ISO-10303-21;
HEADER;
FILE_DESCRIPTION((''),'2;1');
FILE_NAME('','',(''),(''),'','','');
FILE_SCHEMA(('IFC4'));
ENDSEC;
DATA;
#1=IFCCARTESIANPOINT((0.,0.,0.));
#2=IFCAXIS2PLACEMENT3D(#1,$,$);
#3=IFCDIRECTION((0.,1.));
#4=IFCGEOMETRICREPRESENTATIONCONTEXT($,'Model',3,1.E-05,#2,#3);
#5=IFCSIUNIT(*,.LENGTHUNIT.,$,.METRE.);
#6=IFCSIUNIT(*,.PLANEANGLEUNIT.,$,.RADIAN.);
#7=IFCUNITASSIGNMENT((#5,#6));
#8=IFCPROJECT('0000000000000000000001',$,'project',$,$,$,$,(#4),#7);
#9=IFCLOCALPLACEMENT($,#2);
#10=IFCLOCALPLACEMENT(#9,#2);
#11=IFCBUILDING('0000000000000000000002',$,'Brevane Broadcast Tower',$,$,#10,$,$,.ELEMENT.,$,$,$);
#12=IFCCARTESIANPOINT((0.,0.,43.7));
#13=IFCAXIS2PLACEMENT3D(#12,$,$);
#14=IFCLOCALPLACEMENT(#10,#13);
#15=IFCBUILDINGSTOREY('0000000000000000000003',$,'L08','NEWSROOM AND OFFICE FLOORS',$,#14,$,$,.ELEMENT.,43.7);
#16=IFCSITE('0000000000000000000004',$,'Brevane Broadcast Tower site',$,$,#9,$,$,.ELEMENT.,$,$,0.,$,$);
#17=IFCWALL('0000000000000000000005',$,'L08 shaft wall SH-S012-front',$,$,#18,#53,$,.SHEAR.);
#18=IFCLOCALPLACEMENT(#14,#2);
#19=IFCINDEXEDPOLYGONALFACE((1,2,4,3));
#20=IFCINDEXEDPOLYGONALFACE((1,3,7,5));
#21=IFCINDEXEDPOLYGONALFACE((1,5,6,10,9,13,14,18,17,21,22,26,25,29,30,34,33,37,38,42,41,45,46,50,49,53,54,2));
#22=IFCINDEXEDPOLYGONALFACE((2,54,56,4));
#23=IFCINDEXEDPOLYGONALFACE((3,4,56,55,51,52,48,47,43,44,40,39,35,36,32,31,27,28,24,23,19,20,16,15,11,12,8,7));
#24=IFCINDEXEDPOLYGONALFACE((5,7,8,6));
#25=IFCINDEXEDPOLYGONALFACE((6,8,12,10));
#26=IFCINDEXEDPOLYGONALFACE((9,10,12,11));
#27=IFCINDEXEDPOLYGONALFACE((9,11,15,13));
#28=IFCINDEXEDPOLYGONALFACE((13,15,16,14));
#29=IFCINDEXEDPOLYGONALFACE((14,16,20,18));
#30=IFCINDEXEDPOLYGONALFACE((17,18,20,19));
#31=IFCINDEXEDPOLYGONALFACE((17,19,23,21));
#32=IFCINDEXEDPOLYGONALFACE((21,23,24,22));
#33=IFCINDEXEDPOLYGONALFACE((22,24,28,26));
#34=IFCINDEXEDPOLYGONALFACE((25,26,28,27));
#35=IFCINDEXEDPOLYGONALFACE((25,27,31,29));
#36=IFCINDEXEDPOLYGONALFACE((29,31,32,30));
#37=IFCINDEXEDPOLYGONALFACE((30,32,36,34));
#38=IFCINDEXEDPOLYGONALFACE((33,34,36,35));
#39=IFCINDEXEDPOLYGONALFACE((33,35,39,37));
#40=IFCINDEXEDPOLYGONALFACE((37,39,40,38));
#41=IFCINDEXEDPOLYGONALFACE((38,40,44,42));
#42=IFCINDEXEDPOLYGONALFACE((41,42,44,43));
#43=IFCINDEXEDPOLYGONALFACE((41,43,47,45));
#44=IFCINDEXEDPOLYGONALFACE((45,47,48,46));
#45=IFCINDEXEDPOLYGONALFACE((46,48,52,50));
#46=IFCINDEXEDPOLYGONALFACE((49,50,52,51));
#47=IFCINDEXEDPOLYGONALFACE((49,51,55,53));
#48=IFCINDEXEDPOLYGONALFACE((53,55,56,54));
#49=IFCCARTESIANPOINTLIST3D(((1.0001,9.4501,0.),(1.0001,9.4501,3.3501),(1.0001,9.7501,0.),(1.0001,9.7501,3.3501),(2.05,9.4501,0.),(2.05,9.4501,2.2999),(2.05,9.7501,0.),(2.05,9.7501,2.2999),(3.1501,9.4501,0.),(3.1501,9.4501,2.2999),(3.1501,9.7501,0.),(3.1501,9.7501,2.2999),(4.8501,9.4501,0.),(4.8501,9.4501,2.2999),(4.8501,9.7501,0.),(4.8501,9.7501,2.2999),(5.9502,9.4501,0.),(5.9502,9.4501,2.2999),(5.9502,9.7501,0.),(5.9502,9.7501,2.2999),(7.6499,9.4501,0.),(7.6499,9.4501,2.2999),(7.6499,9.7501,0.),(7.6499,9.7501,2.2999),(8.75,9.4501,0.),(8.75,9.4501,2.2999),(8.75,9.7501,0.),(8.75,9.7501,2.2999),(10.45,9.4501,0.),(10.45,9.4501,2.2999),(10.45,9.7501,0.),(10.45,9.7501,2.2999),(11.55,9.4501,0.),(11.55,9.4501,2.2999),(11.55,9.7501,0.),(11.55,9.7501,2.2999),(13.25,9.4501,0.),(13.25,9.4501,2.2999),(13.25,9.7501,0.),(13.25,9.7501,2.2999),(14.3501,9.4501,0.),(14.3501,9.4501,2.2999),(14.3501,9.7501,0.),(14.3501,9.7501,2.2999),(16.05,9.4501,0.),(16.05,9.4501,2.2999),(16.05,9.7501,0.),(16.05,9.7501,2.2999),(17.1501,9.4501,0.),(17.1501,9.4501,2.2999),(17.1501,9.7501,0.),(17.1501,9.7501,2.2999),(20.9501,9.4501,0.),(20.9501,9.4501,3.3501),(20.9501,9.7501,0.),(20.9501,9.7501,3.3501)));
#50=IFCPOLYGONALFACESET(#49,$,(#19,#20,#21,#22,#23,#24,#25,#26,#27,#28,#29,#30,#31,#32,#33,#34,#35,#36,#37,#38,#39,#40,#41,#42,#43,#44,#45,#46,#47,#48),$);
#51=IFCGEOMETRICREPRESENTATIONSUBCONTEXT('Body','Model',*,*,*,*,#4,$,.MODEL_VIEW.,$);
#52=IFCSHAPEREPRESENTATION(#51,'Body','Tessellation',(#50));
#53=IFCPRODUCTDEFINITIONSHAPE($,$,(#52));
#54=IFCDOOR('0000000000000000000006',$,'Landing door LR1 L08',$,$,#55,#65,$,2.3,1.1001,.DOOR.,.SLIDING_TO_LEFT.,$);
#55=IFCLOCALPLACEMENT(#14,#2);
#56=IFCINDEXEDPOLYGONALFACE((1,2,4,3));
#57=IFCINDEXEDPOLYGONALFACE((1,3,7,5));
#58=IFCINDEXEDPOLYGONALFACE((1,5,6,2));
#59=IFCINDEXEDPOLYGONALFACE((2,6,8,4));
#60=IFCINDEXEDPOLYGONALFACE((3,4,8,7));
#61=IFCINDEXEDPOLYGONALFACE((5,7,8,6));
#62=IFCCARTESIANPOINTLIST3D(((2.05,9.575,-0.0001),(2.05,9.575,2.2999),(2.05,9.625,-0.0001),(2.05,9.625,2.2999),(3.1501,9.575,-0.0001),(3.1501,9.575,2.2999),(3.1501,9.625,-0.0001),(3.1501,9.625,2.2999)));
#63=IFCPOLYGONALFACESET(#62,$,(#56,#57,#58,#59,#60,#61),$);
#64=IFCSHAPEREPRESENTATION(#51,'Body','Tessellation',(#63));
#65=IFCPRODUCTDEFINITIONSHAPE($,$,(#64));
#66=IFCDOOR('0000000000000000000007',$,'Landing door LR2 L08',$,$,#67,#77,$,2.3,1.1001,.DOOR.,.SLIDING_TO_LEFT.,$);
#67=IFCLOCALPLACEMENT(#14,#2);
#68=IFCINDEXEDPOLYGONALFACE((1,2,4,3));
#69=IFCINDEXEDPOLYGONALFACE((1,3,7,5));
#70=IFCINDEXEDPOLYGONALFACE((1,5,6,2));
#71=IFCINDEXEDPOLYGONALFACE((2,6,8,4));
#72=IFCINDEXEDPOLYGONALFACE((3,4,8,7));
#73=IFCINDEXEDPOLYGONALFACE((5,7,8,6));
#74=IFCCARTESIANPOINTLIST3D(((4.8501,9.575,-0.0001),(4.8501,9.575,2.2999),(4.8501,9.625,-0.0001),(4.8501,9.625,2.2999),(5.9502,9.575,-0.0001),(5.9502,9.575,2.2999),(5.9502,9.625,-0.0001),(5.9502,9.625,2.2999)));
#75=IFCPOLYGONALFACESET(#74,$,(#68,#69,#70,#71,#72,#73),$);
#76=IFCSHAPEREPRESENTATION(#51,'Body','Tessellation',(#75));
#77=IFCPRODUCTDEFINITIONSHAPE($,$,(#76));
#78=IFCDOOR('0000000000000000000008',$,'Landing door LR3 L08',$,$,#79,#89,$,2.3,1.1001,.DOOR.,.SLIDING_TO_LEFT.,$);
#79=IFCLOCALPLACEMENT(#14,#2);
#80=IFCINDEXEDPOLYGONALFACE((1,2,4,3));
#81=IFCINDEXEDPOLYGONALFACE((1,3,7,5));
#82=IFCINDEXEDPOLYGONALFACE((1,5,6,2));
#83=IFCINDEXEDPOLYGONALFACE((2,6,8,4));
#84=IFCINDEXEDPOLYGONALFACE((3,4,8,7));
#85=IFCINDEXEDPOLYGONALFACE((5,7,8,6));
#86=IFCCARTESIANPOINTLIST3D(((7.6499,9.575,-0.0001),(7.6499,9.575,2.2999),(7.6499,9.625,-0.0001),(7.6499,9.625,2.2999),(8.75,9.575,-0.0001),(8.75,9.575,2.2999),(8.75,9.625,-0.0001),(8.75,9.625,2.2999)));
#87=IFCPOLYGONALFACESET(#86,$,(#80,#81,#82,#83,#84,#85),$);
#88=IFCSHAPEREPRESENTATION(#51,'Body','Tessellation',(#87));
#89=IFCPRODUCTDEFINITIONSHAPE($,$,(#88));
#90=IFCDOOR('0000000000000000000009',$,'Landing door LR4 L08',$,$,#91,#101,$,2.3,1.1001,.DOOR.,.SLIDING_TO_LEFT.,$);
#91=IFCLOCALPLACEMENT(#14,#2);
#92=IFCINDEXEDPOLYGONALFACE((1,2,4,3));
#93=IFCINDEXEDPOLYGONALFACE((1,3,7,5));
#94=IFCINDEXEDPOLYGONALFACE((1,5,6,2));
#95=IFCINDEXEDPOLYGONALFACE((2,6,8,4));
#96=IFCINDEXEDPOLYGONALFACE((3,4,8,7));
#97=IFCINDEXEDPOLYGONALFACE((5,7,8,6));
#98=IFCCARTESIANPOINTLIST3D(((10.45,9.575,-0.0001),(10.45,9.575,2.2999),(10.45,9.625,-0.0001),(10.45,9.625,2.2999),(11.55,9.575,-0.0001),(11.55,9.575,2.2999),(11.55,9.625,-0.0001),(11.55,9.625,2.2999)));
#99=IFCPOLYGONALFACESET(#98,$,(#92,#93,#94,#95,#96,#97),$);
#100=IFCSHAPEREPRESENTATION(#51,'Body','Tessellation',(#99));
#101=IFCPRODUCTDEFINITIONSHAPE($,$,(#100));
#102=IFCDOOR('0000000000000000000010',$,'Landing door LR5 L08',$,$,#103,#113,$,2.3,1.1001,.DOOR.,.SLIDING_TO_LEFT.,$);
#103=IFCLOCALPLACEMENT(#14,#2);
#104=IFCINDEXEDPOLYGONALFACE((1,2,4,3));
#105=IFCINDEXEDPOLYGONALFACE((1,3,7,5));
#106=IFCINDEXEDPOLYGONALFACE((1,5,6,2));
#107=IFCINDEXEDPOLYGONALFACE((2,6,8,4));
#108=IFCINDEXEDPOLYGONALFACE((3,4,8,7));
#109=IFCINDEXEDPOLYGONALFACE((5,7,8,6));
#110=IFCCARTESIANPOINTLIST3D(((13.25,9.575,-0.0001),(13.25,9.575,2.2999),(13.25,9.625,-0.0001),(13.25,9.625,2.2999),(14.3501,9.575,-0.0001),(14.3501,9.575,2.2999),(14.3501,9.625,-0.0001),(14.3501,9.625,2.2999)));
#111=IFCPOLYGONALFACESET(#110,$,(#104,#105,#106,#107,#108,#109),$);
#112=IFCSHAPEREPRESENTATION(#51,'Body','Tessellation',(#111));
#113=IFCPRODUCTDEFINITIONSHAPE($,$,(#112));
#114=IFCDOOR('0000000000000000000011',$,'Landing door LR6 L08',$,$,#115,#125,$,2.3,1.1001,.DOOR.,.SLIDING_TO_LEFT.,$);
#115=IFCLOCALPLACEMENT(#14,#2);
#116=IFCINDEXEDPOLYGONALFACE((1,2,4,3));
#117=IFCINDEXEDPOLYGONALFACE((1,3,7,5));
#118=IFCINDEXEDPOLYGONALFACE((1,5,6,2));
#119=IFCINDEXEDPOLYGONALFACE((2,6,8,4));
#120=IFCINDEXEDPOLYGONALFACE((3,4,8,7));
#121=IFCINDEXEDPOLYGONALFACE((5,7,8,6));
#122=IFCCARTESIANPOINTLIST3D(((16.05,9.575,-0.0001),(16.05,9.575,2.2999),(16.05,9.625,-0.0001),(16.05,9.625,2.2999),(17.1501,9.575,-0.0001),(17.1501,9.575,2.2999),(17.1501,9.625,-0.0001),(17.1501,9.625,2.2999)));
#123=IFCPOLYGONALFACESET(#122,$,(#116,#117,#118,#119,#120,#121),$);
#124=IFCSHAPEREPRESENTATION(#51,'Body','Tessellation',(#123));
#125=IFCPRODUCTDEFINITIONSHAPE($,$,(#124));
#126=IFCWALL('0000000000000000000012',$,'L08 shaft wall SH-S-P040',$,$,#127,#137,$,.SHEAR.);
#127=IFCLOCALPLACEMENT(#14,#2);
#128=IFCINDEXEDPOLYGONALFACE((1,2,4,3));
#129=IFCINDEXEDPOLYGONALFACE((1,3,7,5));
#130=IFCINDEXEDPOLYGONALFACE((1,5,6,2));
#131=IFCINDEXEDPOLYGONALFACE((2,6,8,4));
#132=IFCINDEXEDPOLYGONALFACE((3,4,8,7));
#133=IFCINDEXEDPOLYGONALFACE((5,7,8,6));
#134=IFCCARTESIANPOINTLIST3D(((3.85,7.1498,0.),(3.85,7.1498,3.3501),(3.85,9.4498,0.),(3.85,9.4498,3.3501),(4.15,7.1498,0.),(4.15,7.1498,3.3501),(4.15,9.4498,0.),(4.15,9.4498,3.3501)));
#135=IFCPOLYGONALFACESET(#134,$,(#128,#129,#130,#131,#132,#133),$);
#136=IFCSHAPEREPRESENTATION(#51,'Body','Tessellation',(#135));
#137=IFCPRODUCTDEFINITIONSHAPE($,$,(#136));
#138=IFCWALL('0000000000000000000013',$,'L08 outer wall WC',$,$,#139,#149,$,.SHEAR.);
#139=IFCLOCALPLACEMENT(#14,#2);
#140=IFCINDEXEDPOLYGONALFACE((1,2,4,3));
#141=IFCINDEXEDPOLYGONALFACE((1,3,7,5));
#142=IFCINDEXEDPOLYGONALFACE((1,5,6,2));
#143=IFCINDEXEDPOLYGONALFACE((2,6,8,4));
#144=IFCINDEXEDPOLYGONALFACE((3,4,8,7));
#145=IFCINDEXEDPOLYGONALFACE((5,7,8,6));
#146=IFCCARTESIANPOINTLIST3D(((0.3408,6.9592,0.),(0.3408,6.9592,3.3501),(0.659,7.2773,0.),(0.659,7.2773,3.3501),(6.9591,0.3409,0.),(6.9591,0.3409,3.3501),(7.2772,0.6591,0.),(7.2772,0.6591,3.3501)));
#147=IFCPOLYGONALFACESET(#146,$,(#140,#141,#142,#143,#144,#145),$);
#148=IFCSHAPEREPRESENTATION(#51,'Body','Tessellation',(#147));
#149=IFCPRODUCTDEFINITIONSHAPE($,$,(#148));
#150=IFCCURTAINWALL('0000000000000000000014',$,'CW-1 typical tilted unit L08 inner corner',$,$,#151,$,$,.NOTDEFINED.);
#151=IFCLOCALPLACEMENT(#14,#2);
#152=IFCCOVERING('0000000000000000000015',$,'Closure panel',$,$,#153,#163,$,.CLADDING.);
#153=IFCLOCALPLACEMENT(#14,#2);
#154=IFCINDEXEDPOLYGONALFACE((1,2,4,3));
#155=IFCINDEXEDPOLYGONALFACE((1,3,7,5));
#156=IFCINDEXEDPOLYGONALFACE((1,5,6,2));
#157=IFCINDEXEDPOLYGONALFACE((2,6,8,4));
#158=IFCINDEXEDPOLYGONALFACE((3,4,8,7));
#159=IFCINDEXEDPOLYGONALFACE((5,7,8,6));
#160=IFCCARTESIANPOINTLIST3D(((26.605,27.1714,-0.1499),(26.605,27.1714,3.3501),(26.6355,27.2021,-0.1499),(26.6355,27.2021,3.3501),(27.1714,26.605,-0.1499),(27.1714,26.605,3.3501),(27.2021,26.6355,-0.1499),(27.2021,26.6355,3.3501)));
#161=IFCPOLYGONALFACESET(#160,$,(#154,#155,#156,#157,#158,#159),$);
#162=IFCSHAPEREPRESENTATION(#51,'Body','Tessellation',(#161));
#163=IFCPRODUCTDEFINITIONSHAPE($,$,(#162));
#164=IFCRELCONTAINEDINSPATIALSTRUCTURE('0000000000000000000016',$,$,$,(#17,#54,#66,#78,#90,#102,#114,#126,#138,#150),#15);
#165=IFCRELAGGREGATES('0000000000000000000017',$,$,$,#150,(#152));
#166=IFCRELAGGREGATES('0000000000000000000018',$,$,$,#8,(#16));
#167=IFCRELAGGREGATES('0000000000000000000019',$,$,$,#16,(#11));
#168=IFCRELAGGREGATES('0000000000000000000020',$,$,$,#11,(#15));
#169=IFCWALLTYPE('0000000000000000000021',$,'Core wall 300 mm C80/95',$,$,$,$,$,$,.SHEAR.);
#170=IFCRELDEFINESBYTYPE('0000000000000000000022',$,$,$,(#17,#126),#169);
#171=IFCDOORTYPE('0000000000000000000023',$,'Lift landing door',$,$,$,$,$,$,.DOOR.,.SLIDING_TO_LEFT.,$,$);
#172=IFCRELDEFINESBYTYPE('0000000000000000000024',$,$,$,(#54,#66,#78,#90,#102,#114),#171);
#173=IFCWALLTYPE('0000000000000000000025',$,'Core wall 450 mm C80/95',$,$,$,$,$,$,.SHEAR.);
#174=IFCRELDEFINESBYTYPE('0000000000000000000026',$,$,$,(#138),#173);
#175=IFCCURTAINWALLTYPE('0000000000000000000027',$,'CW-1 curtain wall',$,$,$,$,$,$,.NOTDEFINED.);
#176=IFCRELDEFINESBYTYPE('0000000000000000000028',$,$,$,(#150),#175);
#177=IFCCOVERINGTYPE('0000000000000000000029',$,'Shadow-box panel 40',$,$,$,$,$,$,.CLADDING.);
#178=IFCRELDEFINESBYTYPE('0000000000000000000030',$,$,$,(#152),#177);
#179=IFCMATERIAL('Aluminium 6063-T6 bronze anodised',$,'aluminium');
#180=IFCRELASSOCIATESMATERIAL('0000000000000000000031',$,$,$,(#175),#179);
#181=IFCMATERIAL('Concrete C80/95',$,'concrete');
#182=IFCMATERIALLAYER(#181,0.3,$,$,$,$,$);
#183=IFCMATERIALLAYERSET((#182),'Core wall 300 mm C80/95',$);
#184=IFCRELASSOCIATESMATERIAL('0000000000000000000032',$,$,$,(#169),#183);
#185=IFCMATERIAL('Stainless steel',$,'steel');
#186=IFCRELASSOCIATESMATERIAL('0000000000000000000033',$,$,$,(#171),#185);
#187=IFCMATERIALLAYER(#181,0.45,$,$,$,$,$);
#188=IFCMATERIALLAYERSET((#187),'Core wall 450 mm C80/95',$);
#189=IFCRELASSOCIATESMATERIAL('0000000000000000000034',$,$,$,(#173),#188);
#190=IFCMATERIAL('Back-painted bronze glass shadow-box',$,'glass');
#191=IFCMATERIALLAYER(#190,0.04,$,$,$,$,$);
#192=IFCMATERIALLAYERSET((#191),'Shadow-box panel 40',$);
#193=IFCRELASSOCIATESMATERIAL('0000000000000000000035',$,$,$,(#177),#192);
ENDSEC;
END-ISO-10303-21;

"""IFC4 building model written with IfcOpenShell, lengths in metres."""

from ifc_helpers import new_model, si_unit, direction, frame, frame_2d, origin, place, context, subcontext, project, spatial, polyline, rectangle, outline, extrude, material, layer, layer_set, type_object, element, fill, aggregate, save


model = new_model("IFC4")

# Units and contexts
model_context = context("Model", 3, precision=1e-05, world=origin(), true_north=direction((0.0, 1.0)))
body_context = subcontext(model_context, "Body", "Model", "MODEL_VIEW")
ifc_project = project(units=[si_unit("LENGTHUNIT", "METRE"), si_unit("PLANEANGLEUNIT", "RADIAN")], contexts=[model_context])

# Site, building, storey
site_placement = place(None, origin())
site = spatial("IfcSite", under=ifc_project, at=site_placement, Name="Brevane Broadcast Tower site", CompositionType="ELEMENT", RefElevation=0.0)
building_placement = place(site_placement, origin())
building = spatial("IfcBuilding", under=site, at=building_placement, Name="Brevane Broadcast Tower", CompositionType="ELEMENT")
storey_placement = place(building_placement, frame((0.0, 0.0, 43.7)))
storey = spatial("IfcBuildingStorey", under=building, at=storey_placement, Name="L08", Description="NEWSROOM AND OFFICE FLOORS", CompositionType="ELEMENT", Elevation=43.7)

# Shared definitions
ifc_material_1 = material(Name="Aluminium 6063-T6 bronze anodised", Category="aluminium")
curtain_wall_type = type_object("IfcCurtainWallType", Name="CW-1 curtain wall", PredefinedType="NOTDEFINED", material=ifc_material_1)

# Shared definitions
ifc_material_2 = material(Name="Concrete C80/95", Category="concrete")
ifc_layer_1 = layer(ifc_material_2, 0.3)
ifc_layer_set_1 = layer_set([ifc_layer_1], Name="Core wall 300 mm C80/95")
wall_type_1 = type_object("IfcWallType", Name="Core wall 300 mm C80/95", PredefinedType="SHEAR", material=ifc_layer_set_1)

# Wall, openings, doors
wall_1_placement = place(storey_placement, frame((1.0, 9.6001, 0.0), z_axis=(0.0, 0.0, 1.0), x_axis=(1.0, 0.0, 0.0)))
wall_1 = element("IfcWall", 1, at=wall_1_placement, inside=storey, type_object=wall_type_1, Name="L08 shaft wall SH-S012-front", PredefinedType="SHEAR", context=body_context, shape_type="SweptSolid", body=[
    extrude(rectangle(XDim=19.95, YDim=0.3, at=frame_2d((9.9751, 0.0))), origin(), (0.0, 0.0, 1.0), 3.3501),
])
opening_1_placement = place(wall_1_placement, frame((1.05, 0.0, 0.0)))
opening_1 = element("IfcOpeningElement", 2, at=opening_1_placement, cuts=wall_1, PredefinedType="OPENING", context=body_context, shape_type="SweptSolid", body=[
    extrude(rectangle(XDim=1.1001, YDim=2.3, at=frame_2d((0.55, 1.1499))), frame((0.0, 0.1599, 0.0), z_axis=(0.0, -1.0, 0.0), x_axis=(1.0, 0.0, 0.0)), (0.0, 0.0, 1.0), 0.3201),
])
opening_2_placement = place(wall_1_placement, frame((3.8501, 0.0, 0.0)))
opening_2 = element("IfcOpeningElement", 3, at=opening_2_placement, cuts=wall_1, PredefinedType="OPENING", context=body_context, shape_type="SweptSolid", body=[
    extrude(rectangle(XDim=1.1001, YDim=2.3, at=frame_2d((0.55, 1.1499))), frame((0.0, 0.1599, 0.0), z_axis=(0.0, -1.0, 0.0), x_axis=(1.0, 0.0, 0.0)), (0.0, 0.0, 1.0), 0.3201),
])
opening_3_placement = place(wall_1_placement, frame((6.6499, 0.0, 0.0)))
opening_3 = element("IfcOpeningElement", 4, at=opening_3_placement, cuts=wall_1, PredefinedType="OPENING", context=body_context, shape_type="SweptSolid", body=[
    extrude(rectangle(XDim=1.1001, YDim=2.3, at=frame_2d((0.55, 1.1499))), frame((0.0, 0.1599, 0.0), z_axis=(0.0, -1.0, 0.0), x_axis=(1.0, 0.0, 0.0)), (0.0, 0.0, 1.0), 0.3201),
])
opening_4_placement = place(wall_1_placement, frame((9.45, 0.0, 0.0)))
opening_4 = element("IfcOpeningElement", 5, at=opening_4_placement, cuts=wall_1, PredefinedType="OPENING", context=body_context, shape_type="SweptSolid", body=[
    extrude(rectangle(XDim=1.1001, YDim=2.3, at=frame_2d((0.55, 1.1499))), frame((0.0, 0.1599, 0.0), z_axis=(0.0, -1.0, 0.0), x_axis=(1.0, 0.0, 0.0)), (0.0, 0.0, 1.0), 0.3201),
])
opening_5_placement = place(wall_1_placement, frame((12.25, 0.0, 0.0)))
opening_5 = element("IfcOpeningElement", 6, at=opening_5_placement, cuts=wall_1, PredefinedType="OPENING", context=body_context, shape_type="SweptSolid", body=[
    extrude(rectangle(XDim=1.1001, YDim=2.3, at=frame_2d((0.55, 1.1499))), frame((0.0, 0.1599, 0.0), z_axis=(0.0, -1.0, 0.0), x_axis=(1.0, 0.0, 0.0)), (0.0, 0.0, 1.0), 0.3201),
])
opening_6_placement = place(wall_1_placement, frame((15.05, 0.0, 0.0)))
opening_6 = element("IfcOpeningElement", 7, at=opening_6_placement, cuts=wall_1, PredefinedType="OPENING", context=body_context, shape_type="SweptSolid", body=[
    extrude(rectangle(XDim=1.1001, YDim=2.3, at=frame_2d((0.55, 1.1499))), frame((0.0, 0.1599, 0.0), z_axis=(0.0, -1.0, 0.0), x_axis=(1.0, 0.0, 0.0)), (0.0, 0.0, 1.0), 0.3201),
])
ifc_material_3 = material(Name="Stainless steel", Category="steel")
door_type = type_object("IfcDoorType", Name="Lift landing door", OperationType="SLIDING_TO_LEFT", PredefinedType="DOOR", material=ifc_material_3)
door_1_placement = place(opening_1_placement, origin())
door_1 = element("IfcDoor", 8, at=door_1_placement, inside=storey, type_object=door_type, Name="Landing door LR1 L08", OperationType="SLIDING_TO_LEFT", OverallHeight=2.3, OverallWidth=1.1001, PredefinedType="DOOR", context=body_context, shape_type="SweptSolid", body=[
    extrude(rectangle(XDim=1.1001, YDim=2.3, at=frame_2d((0.55, 1.1499))), frame((0.0, 0.0249, 0.0), z_axis=(0.0, -1.0, 0.0), x_axis=(1.0, 0.0, 0.0)), (0.0, 0.0, 1.0), 0.05),
])
fill(opening_1, door_1)
door_2_placement = place(opening_2_placement, origin())
door_2 = element("IfcDoor", 9, at=door_2_placement, inside=storey, type_object=door_type, Name="Landing door LR2 L08", OperationType="SLIDING_TO_LEFT", OverallHeight=2.3, OverallWidth=1.1001, PredefinedType="DOOR", context=body_context, shape_type="SweptSolid", body=[
    extrude(rectangle(XDim=1.1001, YDim=2.3, at=frame_2d((0.55, 1.1499))), frame((0.0, 0.0249, 0.0), z_axis=(0.0, -1.0, 0.0), x_axis=(1.0, 0.0, 0.0)), (0.0, 0.0, 1.0), 0.05),
])
fill(opening_2, door_2)
door_3_placement = place(opening_3_placement, origin())
door_3 = element("IfcDoor", 10, at=door_3_placement, inside=storey, type_object=door_type, Name="Landing door LR3 L08", OperationType="SLIDING_TO_LEFT", OverallHeight=2.3, OverallWidth=1.1001, PredefinedType="DOOR", context=body_context, shape_type="SweptSolid", body=[
    extrude(rectangle(XDim=1.1001, YDim=2.3, at=frame_2d((0.55, 1.1499))), frame((0.0, 0.0249, 0.0), z_axis=(0.0, -1.0, 0.0), x_axis=(1.0, 0.0, 0.0)), (0.0, 0.0, 1.0), 0.05),
])
fill(opening_3, door_3)
door_4_placement = place(opening_4_placement, origin())
door_4 = element("IfcDoor", 11, at=door_4_placement, inside=storey, type_object=door_type, Name="Landing door LR4 L08", OperationType="SLIDING_TO_LEFT", OverallHeight=2.3, OverallWidth=1.1001, PredefinedType="DOOR", context=body_context, shape_type="SweptSolid", body=[
    extrude(rectangle(XDim=1.1001, YDim=2.3, at=frame_2d((0.55, 1.1499))), frame((0.0, 0.0249, 0.0), z_axis=(0.0, -1.0, 0.0), x_axis=(1.0, 0.0, 0.0)), (0.0, 0.0, 1.0), 0.05),
])
fill(opening_4, door_4)
door_5_placement = place(opening_5_placement, origin())
door_5 = element("IfcDoor", 12, at=door_5_placement, inside=storey, type_object=door_type, Name="Landing door LR5 L08", OperationType="SLIDING_TO_LEFT", OverallHeight=2.3, OverallWidth=1.1001, PredefinedType="DOOR", context=body_context, shape_type="SweptSolid", body=[
    extrude(rectangle(XDim=1.1001, YDim=2.3, at=frame_2d((0.55, 1.1499))), frame((0.0, 0.0249, 0.0), z_axis=(0.0, -1.0, 0.0), x_axis=(1.0, 0.0, 0.0)), (0.0, 0.0, 1.0), 0.05),
])
fill(opening_5, door_5)
door_6_placement = place(opening_6_placement, origin())
door_6 = element("IfcDoor", 13, at=door_6_placement, inside=storey, type_object=door_type, Name="Landing door LR6 L08", OperationType="SLIDING_TO_LEFT", OverallHeight=2.3, OverallWidth=1.1001, PredefinedType="DOOR", context=body_context, shape_type="SweptSolid", body=[
    extrude(rectangle(XDim=1.1001, YDim=2.3, at=frame_2d((0.55, 1.1499))), frame((0.0, 0.0249, 0.0), z_axis=(0.0, -1.0, 0.0), x_axis=(1.0, 0.0, 0.0)), (0.0, 0.0, 1.0), 0.05),
])
fill(opening_6, door_6)

# Walls
wall_2_placement = place(storey_placement, frame((4.0, 7.1499, 0.0), z_axis=(0.0, 0.0, 1.0), x_axis=(0.0, 1.0, 0.0)))
element("IfcWall", 14, at=wall_2_placement, inside=storey, type_object=wall_type_1, Name="L08 shaft wall SH-S-P040", PredefinedType="SHEAR", context=body_context, shape_type="SweptSolid", body=[
    extrude(rectangle(XDim=2.3, YDim=0.3, at=frame_2d((1.1499, 0.0))), origin(), (0.0, 0.0, 1.0), 3.3501),
])
ifc_layer_2 = layer(ifc_material_2, 0.45)
ifc_layer_set_2 = layer_set([ifc_layer_2], Name="Core wall 450 mm C80/95")
wall_type_2 = type_object("IfcWallType", Name="Core wall 450 mm C80/95", PredefinedType="SHEAR", material=ifc_layer_set_2)
wall_3_placement = place(storey_placement, frame((0.5, 7.1182, 0.0), z_axis=(0.0, 0.0, 1.0), x_axis=(0.707107, -0.707107, 0.0)))
element("IfcWall", 15, at=wall_3_placement, inside=storey, type_object=wall_type_2, Name="L08 outer wall WC", PredefinedType="SHEAR", context=body_context, shape_type="SweptSolid", body=[
    extrude(rectangle(XDim=9.3596, YDim=0.45, at=frame_2d((4.6797, 0.0))), origin(), (0.0, 0.0, 1.0), 3.3501),
])

# Curtain wall, covering
curtain_wall_1_placement = place(storey_placement, origin())
curtain_wall_1 = element("IfcCurtainWall", 16, at=curtain_wall_1_placement, inside=storey, type_object=curtain_wall_type, Name="CW-1 typical tilted unit L08 inner corner", PredefinedType="NOTDEFINED")
ifc_material_4 = material(Name="Back-painted bronze glass shadow-box", Category="glass")
ifc_layer_3 = layer(ifc_material_4, 0.04)
ifc_layer_set_3 = layer_set([ifc_layer_3], Name="Shadow-box panel 40")
covering_type = type_object("IfcCoveringType", Name="Shadow-box panel 40", PredefinedType="CLADDING", material=ifc_layer_set_3)
covering_placement = place(storey_placement, frame((0.0, 0.0, -0.1499)))
covering = element("IfcCovering", 17, at=covering_placement, type_object=covering_type, Name="Closure panel", PredefinedType="CLADDING", context=body_context, shape_type="SweptSolid", body=[
    extrude(outline(polyline([(27.1714, 26.605), (27.2021, 26.6355), (26.6355, 27.2021), (26.605, 27.1714), (27.1714, 26.605)])), origin(), (0.0, 0.0, 1.0), 3.5),
])
aggregate(curtain_wall_1, [covering])

save(model, "model.ifc")
